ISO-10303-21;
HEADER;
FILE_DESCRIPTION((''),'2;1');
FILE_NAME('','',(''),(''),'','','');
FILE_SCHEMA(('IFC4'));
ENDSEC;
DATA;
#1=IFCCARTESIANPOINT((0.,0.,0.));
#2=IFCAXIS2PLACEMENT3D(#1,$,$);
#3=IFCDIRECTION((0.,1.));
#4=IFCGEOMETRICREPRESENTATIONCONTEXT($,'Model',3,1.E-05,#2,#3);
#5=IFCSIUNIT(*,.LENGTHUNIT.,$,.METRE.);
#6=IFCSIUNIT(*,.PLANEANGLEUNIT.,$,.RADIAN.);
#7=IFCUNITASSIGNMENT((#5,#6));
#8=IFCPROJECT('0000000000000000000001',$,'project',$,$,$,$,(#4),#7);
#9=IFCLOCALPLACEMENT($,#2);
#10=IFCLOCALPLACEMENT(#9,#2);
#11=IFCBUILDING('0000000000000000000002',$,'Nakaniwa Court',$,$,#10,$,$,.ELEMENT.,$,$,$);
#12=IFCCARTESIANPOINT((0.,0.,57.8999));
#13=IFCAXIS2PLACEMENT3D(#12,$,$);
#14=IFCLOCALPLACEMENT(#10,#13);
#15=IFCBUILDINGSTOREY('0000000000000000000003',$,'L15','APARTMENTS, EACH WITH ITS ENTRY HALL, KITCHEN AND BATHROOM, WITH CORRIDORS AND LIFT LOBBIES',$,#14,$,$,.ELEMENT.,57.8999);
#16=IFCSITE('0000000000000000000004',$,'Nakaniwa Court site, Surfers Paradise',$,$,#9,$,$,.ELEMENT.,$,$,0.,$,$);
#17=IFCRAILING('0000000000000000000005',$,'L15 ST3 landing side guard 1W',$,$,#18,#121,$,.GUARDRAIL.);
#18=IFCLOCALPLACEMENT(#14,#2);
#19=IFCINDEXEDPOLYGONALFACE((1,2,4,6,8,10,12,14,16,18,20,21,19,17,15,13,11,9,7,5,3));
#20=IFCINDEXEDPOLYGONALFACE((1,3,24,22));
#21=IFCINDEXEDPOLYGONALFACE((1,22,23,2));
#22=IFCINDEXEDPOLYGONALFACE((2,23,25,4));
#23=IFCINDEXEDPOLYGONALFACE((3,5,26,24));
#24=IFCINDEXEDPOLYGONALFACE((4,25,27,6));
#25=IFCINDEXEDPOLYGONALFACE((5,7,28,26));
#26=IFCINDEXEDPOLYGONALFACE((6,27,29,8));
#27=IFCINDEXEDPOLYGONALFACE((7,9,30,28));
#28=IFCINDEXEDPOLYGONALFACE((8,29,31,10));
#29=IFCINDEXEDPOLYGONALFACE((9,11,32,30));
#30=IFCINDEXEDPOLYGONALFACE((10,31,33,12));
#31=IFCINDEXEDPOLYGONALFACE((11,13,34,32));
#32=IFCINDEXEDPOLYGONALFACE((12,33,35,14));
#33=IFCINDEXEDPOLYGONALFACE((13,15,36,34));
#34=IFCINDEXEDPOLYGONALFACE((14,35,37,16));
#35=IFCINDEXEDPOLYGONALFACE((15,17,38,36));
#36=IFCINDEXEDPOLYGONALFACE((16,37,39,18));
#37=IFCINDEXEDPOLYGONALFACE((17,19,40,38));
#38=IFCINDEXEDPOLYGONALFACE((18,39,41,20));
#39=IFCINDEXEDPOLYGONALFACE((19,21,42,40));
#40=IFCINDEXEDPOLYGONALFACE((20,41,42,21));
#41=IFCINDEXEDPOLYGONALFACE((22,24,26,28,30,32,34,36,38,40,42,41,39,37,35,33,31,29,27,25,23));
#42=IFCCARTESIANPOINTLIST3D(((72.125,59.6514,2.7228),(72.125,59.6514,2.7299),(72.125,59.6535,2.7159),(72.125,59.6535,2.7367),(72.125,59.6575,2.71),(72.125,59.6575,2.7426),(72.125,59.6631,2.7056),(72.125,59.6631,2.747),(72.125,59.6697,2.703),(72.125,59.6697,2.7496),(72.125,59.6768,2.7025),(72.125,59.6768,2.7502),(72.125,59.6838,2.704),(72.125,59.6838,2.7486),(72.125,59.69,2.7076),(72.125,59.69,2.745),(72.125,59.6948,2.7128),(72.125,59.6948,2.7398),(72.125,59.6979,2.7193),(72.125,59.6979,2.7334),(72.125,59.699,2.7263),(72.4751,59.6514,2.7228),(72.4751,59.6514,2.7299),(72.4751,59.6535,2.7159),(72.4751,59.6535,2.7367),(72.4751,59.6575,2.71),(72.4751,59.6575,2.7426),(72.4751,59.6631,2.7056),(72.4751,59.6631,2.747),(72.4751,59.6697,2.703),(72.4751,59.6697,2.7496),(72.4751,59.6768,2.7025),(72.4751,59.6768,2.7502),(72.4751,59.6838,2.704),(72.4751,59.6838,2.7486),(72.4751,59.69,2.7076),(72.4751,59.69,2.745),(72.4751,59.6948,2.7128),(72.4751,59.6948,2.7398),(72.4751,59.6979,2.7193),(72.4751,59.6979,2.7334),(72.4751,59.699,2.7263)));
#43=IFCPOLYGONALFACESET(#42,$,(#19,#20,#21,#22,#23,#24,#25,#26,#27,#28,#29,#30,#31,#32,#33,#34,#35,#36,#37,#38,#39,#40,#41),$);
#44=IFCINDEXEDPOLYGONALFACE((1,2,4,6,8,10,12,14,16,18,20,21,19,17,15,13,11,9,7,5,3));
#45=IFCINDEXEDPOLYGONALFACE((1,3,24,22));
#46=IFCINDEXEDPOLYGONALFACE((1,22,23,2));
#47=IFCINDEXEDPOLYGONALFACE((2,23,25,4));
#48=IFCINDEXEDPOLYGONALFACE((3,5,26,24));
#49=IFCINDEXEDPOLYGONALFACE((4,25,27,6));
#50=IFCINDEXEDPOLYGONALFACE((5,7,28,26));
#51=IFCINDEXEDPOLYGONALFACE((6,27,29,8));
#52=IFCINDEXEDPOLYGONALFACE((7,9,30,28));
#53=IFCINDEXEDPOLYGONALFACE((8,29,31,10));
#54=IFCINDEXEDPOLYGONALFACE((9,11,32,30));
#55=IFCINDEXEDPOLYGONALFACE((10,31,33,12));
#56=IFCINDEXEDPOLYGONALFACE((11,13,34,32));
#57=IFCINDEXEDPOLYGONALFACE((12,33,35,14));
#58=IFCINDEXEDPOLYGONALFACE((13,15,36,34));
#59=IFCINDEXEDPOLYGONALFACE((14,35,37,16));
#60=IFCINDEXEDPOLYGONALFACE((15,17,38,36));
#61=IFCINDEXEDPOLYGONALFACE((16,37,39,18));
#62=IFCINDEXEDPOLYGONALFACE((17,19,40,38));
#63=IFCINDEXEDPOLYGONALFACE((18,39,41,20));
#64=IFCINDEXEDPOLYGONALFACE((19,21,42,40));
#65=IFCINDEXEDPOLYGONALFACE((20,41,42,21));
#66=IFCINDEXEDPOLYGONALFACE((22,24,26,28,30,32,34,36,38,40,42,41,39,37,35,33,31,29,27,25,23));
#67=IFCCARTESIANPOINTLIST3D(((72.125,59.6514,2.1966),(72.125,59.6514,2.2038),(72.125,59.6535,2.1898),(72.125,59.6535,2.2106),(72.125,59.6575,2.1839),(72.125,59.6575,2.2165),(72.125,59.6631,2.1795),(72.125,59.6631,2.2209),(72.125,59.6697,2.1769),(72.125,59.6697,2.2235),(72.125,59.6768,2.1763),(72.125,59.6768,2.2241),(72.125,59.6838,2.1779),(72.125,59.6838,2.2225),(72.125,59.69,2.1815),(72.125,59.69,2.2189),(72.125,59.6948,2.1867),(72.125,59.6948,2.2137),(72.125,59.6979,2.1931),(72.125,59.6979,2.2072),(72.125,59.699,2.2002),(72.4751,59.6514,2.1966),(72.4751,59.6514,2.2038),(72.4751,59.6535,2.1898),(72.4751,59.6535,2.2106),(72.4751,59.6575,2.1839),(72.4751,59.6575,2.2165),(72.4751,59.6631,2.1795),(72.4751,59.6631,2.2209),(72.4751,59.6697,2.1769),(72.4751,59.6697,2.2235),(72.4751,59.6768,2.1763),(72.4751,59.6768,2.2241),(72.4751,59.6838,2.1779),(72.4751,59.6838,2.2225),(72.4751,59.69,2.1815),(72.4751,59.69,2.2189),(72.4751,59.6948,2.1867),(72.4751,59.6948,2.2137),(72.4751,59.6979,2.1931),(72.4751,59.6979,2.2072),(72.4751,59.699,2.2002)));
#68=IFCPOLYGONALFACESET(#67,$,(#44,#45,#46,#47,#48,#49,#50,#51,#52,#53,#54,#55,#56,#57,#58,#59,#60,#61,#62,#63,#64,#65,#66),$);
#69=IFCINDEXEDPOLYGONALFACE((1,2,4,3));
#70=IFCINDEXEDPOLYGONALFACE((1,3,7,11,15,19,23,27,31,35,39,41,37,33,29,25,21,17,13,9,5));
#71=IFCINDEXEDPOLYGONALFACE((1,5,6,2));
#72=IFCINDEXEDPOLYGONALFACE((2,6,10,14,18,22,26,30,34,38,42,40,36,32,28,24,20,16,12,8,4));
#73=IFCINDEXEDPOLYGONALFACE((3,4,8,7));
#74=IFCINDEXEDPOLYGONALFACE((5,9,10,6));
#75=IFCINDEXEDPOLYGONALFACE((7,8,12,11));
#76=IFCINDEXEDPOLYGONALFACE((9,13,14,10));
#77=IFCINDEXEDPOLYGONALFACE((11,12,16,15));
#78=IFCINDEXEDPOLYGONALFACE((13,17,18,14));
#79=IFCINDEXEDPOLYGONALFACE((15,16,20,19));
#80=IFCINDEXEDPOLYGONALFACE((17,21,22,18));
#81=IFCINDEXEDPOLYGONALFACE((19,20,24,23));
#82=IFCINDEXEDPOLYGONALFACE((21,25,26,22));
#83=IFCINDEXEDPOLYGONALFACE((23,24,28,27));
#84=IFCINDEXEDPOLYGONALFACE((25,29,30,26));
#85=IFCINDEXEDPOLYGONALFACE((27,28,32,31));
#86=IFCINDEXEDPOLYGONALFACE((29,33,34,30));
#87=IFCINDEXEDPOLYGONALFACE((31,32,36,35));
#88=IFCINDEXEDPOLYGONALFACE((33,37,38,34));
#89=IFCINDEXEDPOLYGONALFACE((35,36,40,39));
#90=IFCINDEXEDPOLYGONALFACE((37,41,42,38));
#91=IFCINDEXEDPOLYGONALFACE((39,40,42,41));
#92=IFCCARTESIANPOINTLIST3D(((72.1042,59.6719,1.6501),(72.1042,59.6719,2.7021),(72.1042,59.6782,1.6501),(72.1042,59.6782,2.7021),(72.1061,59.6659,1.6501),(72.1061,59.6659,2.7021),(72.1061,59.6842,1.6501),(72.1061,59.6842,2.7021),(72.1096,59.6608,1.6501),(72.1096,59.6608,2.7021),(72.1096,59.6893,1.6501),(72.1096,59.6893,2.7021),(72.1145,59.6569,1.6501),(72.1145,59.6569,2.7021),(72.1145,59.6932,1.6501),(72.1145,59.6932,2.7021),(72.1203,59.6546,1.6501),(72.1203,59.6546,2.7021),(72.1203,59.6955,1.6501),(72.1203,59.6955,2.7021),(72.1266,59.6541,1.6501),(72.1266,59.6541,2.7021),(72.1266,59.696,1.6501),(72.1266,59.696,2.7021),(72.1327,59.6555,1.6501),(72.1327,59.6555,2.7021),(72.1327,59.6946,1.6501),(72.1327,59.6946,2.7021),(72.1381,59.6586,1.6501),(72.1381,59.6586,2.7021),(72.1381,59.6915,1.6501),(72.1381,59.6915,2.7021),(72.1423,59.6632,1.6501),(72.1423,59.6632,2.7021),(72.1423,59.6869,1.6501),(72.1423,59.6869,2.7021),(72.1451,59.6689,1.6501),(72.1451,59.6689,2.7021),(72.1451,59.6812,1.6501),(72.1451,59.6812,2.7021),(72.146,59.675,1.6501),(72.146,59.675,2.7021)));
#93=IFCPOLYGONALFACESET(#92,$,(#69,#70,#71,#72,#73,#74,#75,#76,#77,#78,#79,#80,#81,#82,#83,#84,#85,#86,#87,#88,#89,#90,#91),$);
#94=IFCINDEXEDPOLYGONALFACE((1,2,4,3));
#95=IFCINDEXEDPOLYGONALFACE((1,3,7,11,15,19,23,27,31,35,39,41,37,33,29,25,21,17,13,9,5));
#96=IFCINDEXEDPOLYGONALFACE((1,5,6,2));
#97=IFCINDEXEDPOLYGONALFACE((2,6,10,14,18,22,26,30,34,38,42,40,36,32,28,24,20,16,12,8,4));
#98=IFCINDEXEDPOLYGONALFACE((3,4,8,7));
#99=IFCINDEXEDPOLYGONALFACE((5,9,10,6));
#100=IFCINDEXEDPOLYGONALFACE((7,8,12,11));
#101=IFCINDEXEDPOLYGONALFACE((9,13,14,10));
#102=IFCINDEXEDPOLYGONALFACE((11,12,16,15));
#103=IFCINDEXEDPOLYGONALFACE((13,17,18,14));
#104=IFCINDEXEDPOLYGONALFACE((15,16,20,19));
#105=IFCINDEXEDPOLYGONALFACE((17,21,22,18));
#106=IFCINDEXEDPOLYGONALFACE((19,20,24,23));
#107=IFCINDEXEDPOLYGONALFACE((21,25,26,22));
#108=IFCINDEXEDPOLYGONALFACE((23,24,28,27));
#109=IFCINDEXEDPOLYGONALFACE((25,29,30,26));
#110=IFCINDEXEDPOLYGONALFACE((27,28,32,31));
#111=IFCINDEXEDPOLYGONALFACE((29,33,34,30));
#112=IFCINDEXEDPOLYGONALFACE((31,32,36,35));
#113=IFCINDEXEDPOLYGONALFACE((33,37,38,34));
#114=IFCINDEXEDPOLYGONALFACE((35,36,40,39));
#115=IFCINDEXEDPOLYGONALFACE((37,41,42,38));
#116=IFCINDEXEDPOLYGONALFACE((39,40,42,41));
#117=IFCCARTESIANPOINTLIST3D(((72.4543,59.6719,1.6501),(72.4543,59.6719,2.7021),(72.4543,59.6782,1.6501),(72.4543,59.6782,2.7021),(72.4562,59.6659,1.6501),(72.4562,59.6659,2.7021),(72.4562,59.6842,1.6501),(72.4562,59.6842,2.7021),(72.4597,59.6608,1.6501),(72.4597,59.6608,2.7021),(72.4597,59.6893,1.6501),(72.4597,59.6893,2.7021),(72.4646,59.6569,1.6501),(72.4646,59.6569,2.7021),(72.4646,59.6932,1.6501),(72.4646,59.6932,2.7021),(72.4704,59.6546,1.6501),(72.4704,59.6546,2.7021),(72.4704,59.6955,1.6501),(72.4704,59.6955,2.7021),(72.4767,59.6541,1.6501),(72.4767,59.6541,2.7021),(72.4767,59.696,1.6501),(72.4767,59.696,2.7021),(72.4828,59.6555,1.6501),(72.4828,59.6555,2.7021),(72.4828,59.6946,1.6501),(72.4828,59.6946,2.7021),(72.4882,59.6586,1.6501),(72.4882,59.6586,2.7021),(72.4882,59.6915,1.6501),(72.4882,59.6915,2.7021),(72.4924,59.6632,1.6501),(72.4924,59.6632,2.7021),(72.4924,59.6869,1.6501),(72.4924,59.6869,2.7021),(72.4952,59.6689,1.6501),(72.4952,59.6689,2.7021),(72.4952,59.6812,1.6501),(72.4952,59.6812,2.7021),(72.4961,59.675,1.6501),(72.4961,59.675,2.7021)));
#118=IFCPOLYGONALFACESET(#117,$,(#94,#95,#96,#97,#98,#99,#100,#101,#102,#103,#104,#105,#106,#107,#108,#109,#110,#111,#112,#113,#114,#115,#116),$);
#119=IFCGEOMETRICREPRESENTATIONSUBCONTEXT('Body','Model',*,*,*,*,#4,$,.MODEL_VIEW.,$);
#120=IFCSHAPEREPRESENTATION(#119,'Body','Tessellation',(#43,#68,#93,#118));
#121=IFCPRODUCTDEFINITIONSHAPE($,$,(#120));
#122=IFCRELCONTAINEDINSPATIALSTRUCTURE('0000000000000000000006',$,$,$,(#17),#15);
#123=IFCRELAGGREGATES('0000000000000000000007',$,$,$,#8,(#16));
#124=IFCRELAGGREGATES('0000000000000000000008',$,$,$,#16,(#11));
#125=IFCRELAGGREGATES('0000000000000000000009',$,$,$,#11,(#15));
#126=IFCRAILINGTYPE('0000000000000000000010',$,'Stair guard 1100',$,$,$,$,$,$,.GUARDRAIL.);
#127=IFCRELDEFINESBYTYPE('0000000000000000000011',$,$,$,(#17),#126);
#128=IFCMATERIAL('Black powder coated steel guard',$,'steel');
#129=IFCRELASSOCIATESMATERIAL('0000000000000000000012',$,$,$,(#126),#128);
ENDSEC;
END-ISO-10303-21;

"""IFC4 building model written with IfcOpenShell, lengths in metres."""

from ifc_helpers import new_model, si_unit, direction, frame, origin, origin_2d, place, context, subcontext, project, spatial, circle, extrude, material, type_object, element, save


model = new_model("IFC4")

# Units and contexts
model_context = context("Model", 3, precision=1e-05, world=origin(), true_north=direction((0.0, 1.0)))
body_context = subcontext(model_context, "Body", "Model", "MODEL_VIEW")
ifc_project = project(units=[si_unit("LENGTHUNIT", "METRE"), si_unit("PLANEANGLEUNIT", "RADIAN")], contexts=[model_context])

# Site, building, storey
site_placement = place(None, origin())
site = spatial("IfcSite", under=ifc_project, at=site_placement, Name="Nakaniwa Court site, Surfers Paradise", CompositionType="ELEMENT", RefElevation=0.0)
building_placement = place(site_placement, origin())
building = spatial("IfcBuilding", under=site, at=building_placement, Name="Nakaniwa Court", CompositionType="ELEMENT")
storey_placement = place(building_placement, frame((0.0, 0.0, 57.8999)))
storey = spatial("IfcBuildingStorey", under=building, at=storey_placement, Name="L15", Description="APARTMENTS, EACH WITH ITS ENTRY HALL, KITCHEN AND BATHROOM, WITH CORRIDORS AND LIFT LOBBIES", CompositionType="ELEMENT", Elevation=57.8999)

# Railing
ifc_material_1 = material(Name="Black powder coated steel guard", Category="steel")
railing_type_1 = type_object("IfcRailingType", Name="Stair guard 1100", PredefinedType="GUARDRAIL", material=ifc_material_1)
for number, where, name in (
    (1, (72.125, 59.675, 1.6501), "L15 ST3 landing side guard 1W"),
):
    element("IfcRailing", number, at=place(storey_placement, frame(where)), inside=storey, type_object=railing_type_1, Name=name, PredefinedType="GUARDRAIL", context=body_context, shape_type="SweptSolid", body=[
        extrude(circle(Radius=0.0239, at=origin_2d()), frame((0.0, 0.0, 1.0762), z_axis=(1.0, 0.0, 0.0), x_axis=(0.0, 1.0, 0.0)), (0.0, 0.0, 1.0), 0.3501),
        extrude(circle(Radius=0.0239, at=origin_2d()), frame((0.0, 0.0, 0.55), z_axis=(1.0, 0.0, 0.0), x_axis=(0.0, 1.0, 0.0)), (0.0, 0.0, 1.0), 0.3501),
        extrude(circle(Radius=0.021, at=origin_2d()), origin(), (0.0, 0.0, 1.0), 1.052),
        extrude(circle(Radius=0.021, at=origin_2d()), frame((0.3501, 0.0, 0.0)), (0.0, 0.0, 1.0), 1.052),
    ])

save(model, "model.ifc")
